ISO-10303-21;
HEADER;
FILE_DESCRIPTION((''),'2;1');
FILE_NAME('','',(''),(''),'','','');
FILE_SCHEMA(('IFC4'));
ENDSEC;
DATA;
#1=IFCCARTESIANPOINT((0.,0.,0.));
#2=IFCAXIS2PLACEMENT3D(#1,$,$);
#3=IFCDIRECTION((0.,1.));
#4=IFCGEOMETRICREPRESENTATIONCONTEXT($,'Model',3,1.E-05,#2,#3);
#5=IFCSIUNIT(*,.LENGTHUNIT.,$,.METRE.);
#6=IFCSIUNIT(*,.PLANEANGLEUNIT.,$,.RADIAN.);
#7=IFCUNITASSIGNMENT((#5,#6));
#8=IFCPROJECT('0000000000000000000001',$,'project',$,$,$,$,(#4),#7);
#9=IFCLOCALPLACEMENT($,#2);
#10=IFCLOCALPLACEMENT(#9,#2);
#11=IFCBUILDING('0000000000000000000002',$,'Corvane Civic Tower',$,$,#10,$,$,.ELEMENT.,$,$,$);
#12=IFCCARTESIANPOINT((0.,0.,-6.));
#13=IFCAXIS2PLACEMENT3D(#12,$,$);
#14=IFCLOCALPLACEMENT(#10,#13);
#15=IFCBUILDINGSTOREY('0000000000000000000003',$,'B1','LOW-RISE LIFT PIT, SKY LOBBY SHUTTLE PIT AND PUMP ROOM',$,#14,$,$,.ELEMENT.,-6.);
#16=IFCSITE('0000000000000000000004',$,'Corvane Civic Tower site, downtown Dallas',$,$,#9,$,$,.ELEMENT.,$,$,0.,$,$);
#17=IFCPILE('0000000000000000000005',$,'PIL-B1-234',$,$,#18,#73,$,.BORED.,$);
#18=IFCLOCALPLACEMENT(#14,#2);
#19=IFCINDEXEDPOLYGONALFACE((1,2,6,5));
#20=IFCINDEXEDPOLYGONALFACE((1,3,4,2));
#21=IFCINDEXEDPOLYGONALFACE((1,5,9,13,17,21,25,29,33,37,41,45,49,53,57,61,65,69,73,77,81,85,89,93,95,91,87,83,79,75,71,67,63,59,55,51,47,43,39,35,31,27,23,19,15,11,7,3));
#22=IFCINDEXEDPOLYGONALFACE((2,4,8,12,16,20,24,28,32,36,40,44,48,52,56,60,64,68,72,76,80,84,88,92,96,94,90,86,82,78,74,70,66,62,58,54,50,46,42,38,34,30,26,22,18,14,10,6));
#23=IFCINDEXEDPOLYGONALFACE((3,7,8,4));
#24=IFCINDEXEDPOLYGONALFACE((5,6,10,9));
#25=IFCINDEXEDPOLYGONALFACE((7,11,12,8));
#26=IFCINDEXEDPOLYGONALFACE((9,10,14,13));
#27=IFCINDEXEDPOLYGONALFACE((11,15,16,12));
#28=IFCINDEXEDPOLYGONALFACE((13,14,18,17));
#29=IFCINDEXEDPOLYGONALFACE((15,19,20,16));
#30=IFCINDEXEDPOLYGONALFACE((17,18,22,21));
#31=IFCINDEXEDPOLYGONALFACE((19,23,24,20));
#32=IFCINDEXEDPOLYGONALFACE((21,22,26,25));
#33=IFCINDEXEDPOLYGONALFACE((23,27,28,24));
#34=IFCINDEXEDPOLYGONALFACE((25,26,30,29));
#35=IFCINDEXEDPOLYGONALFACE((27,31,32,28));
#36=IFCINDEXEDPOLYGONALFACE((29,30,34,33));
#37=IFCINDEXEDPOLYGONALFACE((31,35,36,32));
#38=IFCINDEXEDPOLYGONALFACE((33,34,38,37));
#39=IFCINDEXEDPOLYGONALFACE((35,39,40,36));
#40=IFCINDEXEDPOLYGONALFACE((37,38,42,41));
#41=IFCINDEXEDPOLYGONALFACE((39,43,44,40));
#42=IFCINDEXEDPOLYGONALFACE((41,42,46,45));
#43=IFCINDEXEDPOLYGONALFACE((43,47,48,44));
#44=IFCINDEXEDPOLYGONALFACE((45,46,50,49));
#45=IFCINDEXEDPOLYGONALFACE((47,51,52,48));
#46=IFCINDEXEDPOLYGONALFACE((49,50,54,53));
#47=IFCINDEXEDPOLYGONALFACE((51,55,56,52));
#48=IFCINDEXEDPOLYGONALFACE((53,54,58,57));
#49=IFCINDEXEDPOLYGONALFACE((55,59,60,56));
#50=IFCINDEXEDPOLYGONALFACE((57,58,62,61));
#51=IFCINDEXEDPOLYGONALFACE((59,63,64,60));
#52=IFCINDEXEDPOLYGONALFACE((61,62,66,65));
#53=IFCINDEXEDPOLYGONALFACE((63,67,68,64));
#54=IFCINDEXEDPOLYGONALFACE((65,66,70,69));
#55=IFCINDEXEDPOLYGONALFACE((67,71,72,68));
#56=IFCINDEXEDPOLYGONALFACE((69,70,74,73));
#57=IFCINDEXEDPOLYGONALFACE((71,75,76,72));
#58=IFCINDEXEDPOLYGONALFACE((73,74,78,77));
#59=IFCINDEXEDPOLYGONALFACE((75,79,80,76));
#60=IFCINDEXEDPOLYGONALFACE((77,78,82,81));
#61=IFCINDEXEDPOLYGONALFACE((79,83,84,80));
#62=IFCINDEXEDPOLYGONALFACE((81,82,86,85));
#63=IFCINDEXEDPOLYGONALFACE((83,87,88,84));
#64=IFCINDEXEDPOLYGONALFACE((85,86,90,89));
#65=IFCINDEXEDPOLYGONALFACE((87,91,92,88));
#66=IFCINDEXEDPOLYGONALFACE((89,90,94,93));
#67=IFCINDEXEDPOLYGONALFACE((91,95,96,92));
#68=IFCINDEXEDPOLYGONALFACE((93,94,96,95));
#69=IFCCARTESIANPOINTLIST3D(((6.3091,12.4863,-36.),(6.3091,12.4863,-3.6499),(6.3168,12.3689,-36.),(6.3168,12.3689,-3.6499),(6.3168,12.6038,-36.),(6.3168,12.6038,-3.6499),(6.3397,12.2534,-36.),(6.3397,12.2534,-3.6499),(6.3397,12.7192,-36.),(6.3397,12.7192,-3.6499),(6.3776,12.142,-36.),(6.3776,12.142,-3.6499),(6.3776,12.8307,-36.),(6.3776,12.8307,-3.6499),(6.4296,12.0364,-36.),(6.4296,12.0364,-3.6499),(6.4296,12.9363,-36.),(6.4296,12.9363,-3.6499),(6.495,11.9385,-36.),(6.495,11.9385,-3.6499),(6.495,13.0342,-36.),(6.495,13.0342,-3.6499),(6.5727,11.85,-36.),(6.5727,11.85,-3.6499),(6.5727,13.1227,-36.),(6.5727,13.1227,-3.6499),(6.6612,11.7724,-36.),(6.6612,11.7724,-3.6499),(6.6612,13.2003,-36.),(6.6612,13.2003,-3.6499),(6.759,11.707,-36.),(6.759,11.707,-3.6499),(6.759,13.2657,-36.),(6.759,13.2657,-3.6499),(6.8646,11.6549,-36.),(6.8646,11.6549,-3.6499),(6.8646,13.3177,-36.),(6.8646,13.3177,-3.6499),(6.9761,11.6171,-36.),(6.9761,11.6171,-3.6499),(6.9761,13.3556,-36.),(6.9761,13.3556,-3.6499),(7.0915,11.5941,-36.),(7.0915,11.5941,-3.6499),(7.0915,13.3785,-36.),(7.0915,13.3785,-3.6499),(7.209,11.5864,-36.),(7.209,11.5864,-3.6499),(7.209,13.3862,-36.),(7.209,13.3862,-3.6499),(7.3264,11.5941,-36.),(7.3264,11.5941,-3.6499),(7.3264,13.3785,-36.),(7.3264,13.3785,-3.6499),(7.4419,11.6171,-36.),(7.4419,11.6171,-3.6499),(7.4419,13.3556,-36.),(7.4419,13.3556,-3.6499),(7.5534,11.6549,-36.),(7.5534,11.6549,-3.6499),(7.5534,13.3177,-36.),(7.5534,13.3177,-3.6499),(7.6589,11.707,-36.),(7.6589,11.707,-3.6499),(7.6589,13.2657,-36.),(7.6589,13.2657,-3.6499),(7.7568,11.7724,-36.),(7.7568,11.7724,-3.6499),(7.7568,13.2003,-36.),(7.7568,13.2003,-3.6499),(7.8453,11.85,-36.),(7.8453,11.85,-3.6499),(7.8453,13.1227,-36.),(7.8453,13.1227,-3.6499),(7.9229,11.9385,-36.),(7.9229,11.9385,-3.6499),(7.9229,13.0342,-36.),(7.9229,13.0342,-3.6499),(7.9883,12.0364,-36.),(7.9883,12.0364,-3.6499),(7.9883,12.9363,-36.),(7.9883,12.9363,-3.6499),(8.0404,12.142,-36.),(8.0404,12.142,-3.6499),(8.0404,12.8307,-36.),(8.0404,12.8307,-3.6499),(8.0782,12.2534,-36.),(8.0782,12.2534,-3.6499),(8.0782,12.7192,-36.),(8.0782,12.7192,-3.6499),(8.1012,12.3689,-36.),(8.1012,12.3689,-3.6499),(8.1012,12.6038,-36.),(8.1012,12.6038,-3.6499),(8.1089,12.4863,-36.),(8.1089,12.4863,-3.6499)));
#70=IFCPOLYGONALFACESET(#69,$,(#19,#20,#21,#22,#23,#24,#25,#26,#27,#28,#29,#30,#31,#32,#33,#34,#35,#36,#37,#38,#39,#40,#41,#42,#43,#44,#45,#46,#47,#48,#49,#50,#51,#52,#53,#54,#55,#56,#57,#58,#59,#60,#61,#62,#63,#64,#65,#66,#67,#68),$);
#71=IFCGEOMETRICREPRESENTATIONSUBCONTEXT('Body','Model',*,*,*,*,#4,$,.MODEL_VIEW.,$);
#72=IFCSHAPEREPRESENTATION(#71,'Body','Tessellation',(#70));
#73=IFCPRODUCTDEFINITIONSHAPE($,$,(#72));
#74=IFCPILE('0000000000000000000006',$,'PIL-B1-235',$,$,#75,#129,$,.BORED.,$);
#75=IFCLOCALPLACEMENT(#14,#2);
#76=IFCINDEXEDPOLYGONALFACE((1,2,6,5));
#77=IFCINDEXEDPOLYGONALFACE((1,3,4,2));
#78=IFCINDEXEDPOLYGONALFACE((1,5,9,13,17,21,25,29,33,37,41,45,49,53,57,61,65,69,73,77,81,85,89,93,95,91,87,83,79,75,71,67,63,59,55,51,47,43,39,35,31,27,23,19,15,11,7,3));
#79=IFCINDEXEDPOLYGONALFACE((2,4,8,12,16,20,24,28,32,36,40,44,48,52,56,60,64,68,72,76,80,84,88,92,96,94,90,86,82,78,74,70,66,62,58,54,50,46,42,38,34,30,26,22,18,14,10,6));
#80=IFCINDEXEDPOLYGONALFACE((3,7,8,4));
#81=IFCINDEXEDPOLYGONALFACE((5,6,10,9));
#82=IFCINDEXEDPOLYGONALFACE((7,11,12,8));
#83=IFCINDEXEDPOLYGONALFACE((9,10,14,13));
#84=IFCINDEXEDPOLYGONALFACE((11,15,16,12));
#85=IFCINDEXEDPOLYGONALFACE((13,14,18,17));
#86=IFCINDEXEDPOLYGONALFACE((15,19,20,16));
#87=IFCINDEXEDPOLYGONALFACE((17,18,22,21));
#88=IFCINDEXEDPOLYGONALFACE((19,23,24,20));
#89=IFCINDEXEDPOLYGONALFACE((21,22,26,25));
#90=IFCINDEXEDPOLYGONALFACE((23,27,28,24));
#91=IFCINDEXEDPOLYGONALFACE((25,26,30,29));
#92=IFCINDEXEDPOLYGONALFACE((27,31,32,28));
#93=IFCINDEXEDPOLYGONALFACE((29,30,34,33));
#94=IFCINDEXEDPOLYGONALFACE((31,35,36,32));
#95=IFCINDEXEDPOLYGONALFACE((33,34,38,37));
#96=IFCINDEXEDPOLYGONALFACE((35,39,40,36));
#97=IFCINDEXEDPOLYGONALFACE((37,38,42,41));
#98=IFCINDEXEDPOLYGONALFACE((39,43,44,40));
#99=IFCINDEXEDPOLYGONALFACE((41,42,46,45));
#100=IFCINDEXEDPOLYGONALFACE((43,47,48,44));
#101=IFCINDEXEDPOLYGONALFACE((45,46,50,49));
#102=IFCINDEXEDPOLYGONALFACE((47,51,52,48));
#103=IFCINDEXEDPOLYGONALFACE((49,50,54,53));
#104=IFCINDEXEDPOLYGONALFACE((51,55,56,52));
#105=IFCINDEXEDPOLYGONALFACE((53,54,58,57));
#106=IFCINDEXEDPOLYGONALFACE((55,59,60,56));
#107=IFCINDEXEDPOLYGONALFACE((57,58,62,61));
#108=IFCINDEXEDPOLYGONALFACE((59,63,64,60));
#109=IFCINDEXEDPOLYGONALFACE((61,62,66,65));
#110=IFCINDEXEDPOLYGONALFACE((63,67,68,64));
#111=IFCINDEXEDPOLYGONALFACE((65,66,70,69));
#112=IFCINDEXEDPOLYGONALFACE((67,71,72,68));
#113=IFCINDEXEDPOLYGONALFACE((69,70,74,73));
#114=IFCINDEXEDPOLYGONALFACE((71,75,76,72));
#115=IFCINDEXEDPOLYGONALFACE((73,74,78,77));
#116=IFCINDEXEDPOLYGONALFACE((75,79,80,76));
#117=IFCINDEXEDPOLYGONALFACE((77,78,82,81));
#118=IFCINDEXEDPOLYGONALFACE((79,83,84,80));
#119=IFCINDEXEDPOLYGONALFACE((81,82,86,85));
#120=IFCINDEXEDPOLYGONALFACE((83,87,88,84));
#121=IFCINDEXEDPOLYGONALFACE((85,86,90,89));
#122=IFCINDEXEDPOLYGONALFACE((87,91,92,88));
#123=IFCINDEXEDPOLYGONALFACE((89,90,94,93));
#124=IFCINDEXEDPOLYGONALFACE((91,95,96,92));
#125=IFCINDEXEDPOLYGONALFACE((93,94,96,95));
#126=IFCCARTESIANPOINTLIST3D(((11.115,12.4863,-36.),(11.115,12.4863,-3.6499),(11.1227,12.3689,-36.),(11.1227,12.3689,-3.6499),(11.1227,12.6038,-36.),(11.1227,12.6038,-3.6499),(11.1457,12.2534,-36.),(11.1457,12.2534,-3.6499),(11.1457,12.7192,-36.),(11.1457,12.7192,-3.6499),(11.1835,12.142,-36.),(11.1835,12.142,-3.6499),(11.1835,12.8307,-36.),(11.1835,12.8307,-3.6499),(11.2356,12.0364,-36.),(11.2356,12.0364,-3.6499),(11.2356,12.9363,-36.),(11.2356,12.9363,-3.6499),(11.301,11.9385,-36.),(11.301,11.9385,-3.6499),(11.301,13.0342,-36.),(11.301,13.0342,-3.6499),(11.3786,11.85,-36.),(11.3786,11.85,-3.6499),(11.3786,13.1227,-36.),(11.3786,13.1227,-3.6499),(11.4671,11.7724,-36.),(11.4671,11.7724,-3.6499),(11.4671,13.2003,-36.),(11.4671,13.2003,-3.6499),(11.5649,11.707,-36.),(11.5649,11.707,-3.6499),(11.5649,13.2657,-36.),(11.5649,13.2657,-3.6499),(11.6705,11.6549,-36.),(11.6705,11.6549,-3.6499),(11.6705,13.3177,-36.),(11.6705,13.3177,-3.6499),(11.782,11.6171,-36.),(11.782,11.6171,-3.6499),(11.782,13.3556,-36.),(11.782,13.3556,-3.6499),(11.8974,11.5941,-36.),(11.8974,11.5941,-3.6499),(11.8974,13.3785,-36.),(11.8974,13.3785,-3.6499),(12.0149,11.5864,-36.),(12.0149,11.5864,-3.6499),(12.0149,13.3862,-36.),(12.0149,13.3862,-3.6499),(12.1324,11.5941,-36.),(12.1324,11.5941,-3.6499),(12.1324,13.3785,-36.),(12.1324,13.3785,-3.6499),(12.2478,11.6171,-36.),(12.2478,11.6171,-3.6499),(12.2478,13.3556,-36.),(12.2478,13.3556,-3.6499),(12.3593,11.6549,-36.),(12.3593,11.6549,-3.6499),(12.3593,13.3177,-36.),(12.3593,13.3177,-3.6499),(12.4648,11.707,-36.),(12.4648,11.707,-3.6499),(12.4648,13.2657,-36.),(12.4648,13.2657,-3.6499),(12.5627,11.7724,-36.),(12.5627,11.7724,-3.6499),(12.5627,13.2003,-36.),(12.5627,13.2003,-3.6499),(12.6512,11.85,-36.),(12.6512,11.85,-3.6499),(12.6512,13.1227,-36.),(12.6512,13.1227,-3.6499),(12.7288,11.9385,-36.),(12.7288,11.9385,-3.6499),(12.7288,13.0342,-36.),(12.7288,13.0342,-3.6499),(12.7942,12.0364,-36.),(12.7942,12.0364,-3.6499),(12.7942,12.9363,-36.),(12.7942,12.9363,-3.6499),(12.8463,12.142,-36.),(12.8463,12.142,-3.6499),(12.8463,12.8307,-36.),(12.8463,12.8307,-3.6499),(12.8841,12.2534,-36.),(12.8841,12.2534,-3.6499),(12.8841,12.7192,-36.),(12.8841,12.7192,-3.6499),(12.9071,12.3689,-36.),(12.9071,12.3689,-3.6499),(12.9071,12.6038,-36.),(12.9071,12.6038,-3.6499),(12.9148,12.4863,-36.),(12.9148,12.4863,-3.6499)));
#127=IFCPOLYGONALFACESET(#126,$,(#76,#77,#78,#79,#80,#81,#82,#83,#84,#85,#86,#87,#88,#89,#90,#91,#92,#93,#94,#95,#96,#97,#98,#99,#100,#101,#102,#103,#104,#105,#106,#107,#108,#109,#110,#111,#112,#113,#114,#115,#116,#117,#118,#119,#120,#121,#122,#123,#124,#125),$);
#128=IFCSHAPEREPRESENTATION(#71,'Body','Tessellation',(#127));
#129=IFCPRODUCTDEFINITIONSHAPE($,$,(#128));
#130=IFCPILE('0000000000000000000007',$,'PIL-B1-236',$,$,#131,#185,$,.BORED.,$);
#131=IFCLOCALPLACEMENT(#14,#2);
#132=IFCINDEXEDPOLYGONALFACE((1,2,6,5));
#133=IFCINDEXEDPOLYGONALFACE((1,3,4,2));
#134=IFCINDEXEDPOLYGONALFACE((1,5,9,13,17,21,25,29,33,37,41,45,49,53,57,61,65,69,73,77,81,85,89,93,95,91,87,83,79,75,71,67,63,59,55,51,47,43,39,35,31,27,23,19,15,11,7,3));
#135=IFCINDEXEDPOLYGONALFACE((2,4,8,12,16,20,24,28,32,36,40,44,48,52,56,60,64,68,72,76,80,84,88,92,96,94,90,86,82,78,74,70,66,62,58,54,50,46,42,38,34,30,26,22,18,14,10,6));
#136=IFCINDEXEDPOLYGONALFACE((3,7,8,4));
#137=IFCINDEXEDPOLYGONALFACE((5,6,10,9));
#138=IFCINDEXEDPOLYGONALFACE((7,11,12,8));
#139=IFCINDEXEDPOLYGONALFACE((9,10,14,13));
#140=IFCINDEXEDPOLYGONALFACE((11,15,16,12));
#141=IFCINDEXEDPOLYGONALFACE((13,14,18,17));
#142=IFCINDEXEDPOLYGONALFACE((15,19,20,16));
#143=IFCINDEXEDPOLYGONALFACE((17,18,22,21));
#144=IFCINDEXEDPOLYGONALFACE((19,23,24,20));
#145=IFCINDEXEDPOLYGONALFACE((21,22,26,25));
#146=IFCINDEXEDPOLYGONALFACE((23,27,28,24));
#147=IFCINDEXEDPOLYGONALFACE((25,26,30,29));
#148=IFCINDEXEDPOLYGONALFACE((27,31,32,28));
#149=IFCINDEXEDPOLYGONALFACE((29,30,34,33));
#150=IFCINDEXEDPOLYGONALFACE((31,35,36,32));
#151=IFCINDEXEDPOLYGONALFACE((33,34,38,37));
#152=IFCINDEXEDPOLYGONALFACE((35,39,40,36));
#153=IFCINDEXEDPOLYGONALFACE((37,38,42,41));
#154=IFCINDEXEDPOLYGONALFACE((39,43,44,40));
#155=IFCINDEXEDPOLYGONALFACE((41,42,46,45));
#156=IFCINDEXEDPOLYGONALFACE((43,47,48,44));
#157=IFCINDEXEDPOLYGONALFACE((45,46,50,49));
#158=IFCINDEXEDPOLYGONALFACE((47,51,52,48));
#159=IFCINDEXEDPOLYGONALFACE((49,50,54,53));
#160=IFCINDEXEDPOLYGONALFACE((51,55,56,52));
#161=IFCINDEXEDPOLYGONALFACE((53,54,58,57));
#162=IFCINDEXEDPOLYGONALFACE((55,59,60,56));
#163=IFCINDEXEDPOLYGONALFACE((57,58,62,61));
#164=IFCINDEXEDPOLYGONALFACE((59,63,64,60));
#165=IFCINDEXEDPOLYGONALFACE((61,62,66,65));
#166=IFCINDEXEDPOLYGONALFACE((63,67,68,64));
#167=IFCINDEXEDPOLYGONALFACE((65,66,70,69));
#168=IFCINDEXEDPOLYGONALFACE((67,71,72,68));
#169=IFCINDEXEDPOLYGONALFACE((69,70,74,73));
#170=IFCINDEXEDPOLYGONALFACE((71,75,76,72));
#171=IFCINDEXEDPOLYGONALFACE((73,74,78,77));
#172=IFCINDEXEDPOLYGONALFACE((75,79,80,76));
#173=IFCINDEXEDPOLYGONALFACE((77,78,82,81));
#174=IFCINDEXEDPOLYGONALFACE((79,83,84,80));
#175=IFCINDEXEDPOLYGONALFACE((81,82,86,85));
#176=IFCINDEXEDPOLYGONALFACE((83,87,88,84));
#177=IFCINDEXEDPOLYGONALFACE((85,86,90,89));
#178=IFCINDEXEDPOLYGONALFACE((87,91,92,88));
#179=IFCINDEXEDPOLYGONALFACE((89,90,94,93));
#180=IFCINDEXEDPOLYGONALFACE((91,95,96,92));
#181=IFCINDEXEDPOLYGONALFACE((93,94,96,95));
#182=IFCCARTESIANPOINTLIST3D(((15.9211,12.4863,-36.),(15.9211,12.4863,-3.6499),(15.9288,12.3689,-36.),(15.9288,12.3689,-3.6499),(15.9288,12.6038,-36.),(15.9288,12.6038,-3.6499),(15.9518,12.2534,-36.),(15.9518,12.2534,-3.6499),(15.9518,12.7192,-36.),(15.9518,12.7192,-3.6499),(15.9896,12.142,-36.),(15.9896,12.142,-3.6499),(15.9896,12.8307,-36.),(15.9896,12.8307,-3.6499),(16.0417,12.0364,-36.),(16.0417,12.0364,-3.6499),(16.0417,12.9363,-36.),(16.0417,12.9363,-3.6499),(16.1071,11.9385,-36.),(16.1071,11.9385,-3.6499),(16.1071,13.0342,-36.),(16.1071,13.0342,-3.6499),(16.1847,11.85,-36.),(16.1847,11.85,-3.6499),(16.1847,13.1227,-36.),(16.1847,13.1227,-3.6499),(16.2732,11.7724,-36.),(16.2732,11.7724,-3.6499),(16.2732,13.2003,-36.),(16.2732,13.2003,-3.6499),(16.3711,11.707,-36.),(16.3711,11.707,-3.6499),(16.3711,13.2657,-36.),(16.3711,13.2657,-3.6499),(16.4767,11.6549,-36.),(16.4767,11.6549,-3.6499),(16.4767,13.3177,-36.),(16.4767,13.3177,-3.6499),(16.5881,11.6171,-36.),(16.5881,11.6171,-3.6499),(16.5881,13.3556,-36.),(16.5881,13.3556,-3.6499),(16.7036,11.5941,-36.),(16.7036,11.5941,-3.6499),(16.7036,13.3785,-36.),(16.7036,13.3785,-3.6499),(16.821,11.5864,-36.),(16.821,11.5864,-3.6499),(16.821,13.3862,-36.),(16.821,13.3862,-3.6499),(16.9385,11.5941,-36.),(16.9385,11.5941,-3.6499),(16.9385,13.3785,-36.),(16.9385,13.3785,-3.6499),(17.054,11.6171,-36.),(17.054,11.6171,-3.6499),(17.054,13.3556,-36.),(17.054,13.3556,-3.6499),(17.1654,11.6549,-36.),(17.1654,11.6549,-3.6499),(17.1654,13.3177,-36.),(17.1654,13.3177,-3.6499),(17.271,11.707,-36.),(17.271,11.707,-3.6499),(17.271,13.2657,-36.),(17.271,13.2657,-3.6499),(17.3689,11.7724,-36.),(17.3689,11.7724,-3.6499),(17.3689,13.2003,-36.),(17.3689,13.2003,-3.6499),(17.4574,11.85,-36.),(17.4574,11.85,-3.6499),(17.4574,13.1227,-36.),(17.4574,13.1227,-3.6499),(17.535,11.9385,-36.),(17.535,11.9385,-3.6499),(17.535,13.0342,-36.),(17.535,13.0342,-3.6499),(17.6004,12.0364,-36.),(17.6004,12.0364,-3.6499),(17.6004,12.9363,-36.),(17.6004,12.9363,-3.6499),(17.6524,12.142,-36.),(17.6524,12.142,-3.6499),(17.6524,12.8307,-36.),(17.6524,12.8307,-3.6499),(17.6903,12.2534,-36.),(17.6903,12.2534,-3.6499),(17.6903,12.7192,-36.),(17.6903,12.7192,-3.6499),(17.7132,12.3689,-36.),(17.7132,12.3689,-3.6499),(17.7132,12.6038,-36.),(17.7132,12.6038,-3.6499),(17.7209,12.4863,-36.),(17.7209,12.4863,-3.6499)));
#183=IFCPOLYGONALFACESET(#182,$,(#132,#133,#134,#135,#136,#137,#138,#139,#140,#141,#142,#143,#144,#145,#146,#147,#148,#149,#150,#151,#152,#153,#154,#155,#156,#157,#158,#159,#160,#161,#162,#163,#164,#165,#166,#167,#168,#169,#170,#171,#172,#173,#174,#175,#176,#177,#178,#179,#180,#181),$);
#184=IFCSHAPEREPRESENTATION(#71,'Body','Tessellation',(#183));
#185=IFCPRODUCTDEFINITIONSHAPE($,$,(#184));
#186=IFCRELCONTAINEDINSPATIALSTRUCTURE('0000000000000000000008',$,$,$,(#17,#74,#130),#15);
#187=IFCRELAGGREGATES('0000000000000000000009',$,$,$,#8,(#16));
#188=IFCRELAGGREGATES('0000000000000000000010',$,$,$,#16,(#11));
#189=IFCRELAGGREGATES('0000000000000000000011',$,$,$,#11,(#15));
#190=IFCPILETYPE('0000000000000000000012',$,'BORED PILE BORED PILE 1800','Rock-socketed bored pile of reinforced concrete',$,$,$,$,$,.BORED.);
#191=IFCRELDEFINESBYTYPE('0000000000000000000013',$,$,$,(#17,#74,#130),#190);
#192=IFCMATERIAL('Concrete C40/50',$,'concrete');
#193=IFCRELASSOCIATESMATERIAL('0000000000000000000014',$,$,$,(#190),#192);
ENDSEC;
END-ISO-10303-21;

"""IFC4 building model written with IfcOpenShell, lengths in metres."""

from ifc_helpers import new_model, si_unit, direction, frame, origin, origin_2d, place, context, subcontext, project, spatial, circle, extrude, material, material_profile, profile_set, type_object, element, save


model = new_model("IFC4")

# Units and contexts
model_context = context("Model", 3, precision=1e-05, world=origin(), true_north=direction((0.0, 1.0)))
body_context = subcontext(model_context, "Body", "Model", "MODEL_VIEW")
ifc_project = project(units=[si_unit("LENGTHUNIT", "METRE"), si_unit("PLANEANGLEUNIT", "RADIAN")], contexts=[model_context])

# Site, building, storey
site_placement = place(None, origin())
site = spatial("IfcSite", under=ifc_project, at=site_placement, Name="Corvane Civic Tower site, downtown Dallas", CompositionType="ELEMENT", RefElevation=0.0)
building_placement = place(site_placement, origin())
building = spatial("IfcBuilding", under=site, at=building_placement, Name="Corvane Civic Tower", CompositionType="ELEMENT")
storey_placement = place(building_placement, frame((0.0, 0.0, -6.0)))
storey = spatial("IfcBuildingStorey", under=building, at=storey_placement, Name="B1", Description="LOW-RISE LIFT PIT, SKY LOBBY SHUTTLE PIT AND PUMP ROOM", CompositionType="ELEMENT", Elevation=-6.0)

# Piles
ifc_material_1 = material(Name="Concrete C40/50", Category="concrete")
ifc_material_profile = material_profile(ifc_material_1, circle(Radius=0.8999, at=origin_2d()), Name="BORED PILE 1800")
ifc_profile_set = profile_set([ifc_material_profile], Name="Concrete C40/50")
pile_type = type_object("IfcPileType", Name="BORED PILE BORED PILE 1800", Description="Rock-socketed bored pile of reinforced concrete", PredefinedType="BORED", material=ifc_profile_set)
for number, where, z_axis, x_axis, name in (
    (1, (7.209, 12.4863, -3.6499), (0.0, 0.0, -1.0), (1.0, 0.0, 0.0), "PIL-B1-234"),
    (2, (12.0149, 12.4863, -3.6499), (0.0, 0.0, -1.0), (1.0, 0.0, 0.0), "PIL-B1-235"),
    (3, (16.821, 12.4863, -3.6499), (0.0, 0.0, -1.0), (1.0, 0.0, 0.0), "PIL-B1-236"),
):
    element("IfcPile", number, at=place(storey_placement, frame(where, z_axis=z_axis, x_axis=x_axis)), inside=storey, type_object=pile_type, Name=name, PredefinedType="BORED", context=body_context, shape_type="SweptSolid", body=[
        extrude(circle(Radius=0.8999, at=origin_2d()), origin(), (0.0, 0.0, 1.0), 32.3501),
    ])

save(model, "model.ifc")
